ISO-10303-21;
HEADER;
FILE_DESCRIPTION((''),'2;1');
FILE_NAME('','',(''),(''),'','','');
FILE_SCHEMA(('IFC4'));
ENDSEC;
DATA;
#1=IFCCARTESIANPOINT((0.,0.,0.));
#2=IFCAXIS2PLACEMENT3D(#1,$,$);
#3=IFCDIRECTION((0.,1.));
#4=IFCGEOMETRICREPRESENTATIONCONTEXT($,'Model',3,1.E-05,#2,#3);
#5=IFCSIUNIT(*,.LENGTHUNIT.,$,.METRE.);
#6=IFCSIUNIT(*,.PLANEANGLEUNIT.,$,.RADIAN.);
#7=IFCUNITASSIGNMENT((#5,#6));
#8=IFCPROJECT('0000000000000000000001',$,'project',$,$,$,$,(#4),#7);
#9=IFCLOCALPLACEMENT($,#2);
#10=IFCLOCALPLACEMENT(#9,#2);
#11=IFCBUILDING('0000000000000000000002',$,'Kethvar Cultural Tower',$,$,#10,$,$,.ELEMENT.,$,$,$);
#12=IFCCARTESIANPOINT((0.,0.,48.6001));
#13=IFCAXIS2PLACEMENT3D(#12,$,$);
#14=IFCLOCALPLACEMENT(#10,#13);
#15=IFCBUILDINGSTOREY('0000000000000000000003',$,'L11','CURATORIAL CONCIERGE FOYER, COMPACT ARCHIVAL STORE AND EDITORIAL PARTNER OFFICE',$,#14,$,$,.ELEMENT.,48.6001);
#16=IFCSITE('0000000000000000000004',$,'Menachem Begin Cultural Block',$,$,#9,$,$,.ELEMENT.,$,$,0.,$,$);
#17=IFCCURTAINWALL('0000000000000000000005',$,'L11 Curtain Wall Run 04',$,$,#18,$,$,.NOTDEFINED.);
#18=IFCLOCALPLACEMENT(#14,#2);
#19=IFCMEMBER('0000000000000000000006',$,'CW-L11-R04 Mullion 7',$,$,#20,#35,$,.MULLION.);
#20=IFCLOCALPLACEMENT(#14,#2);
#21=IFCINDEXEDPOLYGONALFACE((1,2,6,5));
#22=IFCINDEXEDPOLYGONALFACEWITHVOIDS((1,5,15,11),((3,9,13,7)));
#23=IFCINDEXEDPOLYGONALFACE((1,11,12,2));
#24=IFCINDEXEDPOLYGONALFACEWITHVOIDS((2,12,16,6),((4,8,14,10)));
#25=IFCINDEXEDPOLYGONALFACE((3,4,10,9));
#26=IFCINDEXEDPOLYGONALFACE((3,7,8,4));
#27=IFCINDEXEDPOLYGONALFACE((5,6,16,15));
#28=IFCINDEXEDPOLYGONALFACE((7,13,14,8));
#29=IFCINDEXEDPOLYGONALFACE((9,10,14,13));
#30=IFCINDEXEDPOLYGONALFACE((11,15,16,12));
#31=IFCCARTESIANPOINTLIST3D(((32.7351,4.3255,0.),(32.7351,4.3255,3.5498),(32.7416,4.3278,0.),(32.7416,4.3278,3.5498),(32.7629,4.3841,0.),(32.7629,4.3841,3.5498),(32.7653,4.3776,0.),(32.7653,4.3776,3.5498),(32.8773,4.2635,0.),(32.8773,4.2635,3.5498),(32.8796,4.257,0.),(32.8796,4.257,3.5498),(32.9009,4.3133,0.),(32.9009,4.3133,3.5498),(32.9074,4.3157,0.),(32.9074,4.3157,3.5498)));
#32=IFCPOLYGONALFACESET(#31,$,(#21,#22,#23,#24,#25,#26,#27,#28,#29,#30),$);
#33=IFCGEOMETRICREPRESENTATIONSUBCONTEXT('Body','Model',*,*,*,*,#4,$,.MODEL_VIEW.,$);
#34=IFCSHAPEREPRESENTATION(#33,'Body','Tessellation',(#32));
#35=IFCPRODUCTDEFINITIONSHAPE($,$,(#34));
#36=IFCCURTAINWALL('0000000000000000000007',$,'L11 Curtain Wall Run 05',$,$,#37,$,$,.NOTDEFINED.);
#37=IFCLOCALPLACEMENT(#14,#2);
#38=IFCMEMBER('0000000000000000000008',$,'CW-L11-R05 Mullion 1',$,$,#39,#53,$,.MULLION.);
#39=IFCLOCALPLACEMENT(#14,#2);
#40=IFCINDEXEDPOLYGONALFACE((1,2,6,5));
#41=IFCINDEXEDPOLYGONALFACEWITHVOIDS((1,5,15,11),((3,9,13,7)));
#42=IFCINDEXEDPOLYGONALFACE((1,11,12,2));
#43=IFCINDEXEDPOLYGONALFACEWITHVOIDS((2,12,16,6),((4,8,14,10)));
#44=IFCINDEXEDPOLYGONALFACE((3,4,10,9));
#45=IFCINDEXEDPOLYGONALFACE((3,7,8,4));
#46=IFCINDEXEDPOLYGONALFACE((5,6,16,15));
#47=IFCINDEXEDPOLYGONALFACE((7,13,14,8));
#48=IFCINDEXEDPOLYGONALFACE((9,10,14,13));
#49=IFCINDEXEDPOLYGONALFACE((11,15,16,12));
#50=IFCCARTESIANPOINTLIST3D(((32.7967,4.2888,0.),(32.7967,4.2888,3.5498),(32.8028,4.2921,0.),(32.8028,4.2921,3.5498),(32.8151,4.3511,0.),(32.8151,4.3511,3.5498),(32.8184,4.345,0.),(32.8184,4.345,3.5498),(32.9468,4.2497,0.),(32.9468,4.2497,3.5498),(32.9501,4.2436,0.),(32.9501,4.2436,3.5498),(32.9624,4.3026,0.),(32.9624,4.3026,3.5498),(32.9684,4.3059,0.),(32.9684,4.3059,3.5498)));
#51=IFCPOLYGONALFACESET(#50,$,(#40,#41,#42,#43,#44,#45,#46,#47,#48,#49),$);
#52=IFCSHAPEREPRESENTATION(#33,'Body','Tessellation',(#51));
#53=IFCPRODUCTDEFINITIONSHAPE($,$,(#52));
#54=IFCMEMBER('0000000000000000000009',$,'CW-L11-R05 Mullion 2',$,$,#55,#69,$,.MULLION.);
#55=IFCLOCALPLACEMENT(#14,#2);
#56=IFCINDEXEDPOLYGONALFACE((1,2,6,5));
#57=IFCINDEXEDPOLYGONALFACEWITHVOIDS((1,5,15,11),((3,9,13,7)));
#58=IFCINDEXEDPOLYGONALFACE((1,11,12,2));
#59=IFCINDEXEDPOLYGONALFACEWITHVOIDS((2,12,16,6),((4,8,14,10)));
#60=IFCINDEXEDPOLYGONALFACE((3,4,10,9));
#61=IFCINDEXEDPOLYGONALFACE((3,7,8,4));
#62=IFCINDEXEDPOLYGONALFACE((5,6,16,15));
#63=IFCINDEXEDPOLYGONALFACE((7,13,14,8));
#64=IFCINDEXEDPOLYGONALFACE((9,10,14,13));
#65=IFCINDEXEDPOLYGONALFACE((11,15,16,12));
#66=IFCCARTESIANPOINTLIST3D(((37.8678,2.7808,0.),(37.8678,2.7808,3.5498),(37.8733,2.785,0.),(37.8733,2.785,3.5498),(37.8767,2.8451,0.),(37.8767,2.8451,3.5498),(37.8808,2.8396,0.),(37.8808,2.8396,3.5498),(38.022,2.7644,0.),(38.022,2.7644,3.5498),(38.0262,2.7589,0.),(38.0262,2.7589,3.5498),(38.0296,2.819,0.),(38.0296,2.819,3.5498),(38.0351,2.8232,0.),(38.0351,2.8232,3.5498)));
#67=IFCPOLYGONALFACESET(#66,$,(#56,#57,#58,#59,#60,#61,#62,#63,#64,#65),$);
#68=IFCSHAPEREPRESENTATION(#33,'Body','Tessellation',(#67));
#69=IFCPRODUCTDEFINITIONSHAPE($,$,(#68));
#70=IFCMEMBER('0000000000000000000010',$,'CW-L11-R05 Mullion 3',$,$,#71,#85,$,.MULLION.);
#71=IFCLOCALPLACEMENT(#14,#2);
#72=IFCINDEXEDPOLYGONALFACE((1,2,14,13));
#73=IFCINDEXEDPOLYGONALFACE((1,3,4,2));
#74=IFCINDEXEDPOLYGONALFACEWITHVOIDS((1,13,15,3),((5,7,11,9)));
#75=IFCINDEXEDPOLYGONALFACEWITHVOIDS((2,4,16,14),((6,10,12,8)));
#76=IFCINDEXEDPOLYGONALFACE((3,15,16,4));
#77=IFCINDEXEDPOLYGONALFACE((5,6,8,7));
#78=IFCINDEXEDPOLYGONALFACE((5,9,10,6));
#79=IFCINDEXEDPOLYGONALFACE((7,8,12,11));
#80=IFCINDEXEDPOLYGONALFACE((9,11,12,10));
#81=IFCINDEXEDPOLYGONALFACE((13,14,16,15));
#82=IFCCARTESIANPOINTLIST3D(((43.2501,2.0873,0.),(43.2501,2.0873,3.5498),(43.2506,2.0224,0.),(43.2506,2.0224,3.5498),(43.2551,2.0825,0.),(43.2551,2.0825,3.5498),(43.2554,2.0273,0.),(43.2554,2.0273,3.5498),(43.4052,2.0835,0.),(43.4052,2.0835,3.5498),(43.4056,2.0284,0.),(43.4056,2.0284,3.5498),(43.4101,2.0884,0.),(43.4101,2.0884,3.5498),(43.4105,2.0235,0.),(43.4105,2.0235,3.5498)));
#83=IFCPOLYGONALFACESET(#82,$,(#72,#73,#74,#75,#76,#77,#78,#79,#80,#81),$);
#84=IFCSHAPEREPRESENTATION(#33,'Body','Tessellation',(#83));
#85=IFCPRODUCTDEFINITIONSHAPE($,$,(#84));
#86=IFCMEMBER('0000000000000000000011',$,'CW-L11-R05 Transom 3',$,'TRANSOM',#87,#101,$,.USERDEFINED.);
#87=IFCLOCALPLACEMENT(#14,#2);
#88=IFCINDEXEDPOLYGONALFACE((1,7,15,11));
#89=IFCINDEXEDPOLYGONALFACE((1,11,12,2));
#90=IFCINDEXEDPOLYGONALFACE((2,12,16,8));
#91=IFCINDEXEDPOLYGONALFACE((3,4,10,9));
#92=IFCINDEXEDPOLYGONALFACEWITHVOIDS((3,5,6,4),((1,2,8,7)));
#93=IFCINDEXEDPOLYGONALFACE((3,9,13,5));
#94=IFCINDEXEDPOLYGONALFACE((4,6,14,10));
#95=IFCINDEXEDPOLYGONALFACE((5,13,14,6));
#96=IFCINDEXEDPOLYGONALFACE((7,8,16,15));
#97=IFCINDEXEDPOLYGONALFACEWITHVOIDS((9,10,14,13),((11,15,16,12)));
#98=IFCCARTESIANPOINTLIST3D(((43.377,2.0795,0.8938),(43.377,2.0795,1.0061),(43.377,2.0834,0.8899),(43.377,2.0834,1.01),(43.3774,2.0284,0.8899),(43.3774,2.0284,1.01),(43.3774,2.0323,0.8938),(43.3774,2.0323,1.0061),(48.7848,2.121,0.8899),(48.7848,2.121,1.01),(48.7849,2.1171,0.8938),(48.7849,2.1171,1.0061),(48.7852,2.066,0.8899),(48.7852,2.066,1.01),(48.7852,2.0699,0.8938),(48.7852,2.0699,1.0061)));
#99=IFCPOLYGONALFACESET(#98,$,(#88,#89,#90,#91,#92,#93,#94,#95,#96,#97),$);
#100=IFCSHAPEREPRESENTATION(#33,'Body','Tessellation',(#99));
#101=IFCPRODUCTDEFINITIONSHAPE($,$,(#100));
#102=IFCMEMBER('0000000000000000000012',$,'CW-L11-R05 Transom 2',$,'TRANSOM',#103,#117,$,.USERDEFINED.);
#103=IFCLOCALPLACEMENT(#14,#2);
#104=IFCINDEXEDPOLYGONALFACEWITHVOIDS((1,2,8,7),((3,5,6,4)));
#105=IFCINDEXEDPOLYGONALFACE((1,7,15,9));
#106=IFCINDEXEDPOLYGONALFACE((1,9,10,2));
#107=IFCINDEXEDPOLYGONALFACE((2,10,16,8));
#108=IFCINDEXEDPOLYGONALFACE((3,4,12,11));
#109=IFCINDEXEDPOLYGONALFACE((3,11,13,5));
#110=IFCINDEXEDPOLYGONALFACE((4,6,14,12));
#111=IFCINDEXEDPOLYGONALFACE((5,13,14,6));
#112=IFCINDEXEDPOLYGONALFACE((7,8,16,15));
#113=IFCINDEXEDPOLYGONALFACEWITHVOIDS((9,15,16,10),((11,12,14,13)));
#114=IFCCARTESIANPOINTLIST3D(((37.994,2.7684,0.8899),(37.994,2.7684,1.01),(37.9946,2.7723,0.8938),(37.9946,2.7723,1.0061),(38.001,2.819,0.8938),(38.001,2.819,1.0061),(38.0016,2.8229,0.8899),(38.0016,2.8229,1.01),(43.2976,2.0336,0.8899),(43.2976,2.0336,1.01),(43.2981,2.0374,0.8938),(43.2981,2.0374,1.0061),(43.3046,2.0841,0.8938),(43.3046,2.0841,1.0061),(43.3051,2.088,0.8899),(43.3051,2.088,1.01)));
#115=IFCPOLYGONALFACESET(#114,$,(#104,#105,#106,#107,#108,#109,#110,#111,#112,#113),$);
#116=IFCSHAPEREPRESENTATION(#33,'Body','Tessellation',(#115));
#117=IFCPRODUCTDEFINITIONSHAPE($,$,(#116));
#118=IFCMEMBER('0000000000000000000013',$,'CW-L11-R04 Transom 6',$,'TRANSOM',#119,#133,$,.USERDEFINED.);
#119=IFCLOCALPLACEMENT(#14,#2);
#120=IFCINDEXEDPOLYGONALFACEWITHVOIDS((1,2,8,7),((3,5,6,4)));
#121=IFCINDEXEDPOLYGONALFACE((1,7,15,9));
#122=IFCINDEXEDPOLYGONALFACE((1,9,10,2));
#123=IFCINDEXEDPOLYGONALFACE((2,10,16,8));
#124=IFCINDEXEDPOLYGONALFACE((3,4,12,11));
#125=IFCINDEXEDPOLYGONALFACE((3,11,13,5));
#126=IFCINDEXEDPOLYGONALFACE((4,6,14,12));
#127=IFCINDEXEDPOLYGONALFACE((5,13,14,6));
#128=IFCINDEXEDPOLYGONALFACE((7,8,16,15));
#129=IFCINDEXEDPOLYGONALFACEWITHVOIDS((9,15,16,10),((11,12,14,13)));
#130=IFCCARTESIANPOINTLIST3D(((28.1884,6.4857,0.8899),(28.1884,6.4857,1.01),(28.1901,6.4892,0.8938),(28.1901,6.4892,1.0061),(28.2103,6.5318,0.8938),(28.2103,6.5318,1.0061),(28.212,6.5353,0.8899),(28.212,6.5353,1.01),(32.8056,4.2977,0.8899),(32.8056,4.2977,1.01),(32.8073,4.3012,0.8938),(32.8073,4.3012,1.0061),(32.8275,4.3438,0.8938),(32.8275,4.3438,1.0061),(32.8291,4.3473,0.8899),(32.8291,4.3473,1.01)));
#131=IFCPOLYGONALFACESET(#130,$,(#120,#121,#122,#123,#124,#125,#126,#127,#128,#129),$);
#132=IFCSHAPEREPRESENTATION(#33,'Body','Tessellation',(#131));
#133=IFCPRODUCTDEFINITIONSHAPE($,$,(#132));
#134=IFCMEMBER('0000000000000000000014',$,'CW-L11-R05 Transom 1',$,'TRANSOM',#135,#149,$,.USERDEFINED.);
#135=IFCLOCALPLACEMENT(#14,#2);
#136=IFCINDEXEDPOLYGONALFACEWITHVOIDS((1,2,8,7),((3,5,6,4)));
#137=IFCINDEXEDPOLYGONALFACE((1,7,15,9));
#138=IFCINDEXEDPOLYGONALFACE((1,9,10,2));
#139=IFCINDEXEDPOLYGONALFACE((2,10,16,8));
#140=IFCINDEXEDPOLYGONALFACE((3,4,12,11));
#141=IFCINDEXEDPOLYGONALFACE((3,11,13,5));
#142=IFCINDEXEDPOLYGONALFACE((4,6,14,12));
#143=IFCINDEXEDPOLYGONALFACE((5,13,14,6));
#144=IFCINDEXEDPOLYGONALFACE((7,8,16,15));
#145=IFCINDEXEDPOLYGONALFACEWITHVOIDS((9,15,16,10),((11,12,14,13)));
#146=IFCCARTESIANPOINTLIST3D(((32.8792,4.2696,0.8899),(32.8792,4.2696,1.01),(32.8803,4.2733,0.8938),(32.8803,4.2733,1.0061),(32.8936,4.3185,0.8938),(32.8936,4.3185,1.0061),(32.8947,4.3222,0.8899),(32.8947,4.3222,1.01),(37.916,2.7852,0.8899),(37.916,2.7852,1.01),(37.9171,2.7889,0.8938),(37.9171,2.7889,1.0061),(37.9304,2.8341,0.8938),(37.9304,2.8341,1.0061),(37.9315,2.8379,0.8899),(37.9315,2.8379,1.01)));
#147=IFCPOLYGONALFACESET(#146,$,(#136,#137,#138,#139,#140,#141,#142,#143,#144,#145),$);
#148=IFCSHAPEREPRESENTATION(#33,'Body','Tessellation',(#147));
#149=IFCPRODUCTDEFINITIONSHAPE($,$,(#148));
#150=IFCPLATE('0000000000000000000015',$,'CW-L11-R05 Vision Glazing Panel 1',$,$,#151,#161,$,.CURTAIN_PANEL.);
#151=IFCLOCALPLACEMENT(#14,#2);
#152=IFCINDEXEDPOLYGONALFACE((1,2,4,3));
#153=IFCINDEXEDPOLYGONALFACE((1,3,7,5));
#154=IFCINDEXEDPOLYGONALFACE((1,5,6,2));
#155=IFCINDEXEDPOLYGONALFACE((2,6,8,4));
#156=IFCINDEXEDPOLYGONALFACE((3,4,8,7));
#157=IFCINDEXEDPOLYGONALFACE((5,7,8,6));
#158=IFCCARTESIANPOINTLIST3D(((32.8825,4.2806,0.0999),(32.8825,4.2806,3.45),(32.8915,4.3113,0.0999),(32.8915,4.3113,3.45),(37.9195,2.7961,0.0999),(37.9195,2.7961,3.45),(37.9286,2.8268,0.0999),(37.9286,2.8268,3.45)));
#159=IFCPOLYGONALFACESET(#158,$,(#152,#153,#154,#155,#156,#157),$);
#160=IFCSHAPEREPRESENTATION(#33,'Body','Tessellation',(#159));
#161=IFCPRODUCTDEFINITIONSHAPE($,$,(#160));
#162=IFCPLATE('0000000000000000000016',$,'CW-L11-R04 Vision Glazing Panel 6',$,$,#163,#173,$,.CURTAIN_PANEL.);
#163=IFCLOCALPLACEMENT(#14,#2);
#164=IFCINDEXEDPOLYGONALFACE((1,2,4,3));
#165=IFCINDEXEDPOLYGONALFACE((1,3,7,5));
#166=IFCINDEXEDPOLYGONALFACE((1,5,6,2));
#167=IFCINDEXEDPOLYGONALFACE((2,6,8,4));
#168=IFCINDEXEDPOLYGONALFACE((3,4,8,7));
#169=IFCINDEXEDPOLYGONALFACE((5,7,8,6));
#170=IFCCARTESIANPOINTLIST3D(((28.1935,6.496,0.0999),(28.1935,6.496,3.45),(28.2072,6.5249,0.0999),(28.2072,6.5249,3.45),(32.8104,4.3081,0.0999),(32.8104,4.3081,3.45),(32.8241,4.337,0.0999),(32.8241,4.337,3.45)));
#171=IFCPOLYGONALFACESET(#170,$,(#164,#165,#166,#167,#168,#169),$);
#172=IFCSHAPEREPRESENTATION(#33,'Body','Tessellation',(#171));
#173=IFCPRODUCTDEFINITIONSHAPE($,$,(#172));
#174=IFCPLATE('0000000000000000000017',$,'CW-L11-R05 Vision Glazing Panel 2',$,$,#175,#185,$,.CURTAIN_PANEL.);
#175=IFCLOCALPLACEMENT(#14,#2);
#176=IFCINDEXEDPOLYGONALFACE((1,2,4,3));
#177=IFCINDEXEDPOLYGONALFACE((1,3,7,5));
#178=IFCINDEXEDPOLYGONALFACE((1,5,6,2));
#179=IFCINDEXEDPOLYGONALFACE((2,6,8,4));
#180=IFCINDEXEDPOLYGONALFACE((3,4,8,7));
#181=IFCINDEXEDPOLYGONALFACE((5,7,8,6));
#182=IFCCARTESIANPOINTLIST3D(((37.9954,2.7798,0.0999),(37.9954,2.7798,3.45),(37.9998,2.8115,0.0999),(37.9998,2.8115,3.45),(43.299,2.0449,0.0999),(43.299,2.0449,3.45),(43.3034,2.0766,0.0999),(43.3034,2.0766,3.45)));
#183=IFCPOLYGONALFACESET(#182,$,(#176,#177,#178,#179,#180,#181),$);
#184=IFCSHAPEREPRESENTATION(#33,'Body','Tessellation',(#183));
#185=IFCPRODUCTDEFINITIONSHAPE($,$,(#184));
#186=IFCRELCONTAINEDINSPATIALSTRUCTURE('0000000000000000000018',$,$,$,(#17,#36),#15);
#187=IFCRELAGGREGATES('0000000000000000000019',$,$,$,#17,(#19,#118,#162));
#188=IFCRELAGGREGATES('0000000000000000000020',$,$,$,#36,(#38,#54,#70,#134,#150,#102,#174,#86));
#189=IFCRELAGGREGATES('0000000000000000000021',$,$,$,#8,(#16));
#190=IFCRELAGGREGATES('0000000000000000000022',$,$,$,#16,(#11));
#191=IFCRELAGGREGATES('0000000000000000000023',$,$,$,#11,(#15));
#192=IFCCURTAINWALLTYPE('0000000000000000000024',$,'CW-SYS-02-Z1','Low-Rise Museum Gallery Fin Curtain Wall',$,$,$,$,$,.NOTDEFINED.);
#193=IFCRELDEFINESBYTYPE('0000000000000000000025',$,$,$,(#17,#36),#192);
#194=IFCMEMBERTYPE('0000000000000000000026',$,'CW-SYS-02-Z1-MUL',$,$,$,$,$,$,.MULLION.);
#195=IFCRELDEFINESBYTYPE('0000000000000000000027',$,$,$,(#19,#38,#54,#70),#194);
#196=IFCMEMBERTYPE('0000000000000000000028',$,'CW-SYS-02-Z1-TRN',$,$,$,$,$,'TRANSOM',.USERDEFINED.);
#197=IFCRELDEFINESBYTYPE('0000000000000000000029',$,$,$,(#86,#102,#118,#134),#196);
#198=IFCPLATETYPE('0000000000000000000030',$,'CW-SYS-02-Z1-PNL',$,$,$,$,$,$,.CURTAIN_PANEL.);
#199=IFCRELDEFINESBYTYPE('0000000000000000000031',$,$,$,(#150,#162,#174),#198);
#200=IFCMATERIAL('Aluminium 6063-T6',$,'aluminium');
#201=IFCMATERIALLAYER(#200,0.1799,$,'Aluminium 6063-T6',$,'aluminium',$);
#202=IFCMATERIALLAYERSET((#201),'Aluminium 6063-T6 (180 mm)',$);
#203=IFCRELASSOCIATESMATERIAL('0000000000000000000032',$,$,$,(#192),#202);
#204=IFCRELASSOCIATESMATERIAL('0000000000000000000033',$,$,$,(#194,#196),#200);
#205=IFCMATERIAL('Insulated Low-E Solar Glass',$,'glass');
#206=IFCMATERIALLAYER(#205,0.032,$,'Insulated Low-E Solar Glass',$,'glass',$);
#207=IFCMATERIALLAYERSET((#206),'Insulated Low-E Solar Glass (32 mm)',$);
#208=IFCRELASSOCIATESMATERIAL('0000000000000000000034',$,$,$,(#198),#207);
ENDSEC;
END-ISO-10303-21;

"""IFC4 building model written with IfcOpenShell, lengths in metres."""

from ifc_helpers import new_model, si_unit, direction, frame, origin, origin_2d, place, context, subcontext, project, spatial, rectangle, hollow_rectangle, extrude, source, transform, mapped, material, layer, layer_set, material_profile, profile_set, type_object, element, aggregate, save


model = new_model("IFC4")

# Units and contexts
model_context = context("Model", 3, precision=1e-05, world=origin(), true_north=direction((0.0, 1.0)))
body_context = subcontext(model_context, "Body", "Model", "MODEL_VIEW")
ifc_project = project(units=[si_unit("LENGTHUNIT", "METRE"), si_unit("PLANEANGLEUNIT", "RADIAN")], contexts=[model_context])

# Site, building, storey
site_placement = place(None, origin())
site = spatial("IfcSite", under=ifc_project, at=site_placement, Name="Menachem Begin Cultural Block", CompositionType="ELEMENT", RefElevation=0.0)
building_placement = place(site_placement, origin())
building = spatial("IfcBuilding", under=site, at=building_placement, Name="Kethvar Cultural Tower", CompositionType="ELEMENT")
storey_placement = place(building_placement, frame((0.0, 0.0, 48.6001)))
storey = spatial("IfcBuildingStorey", under=building, at=storey_placement, Name="L11", Description="CURATORIAL CONCIERGE FOYER, COMPACT ARCHIVAL STORE AND EDITORIAL PARTNER OFFICE", CompositionType="ELEMENT", Elevation=48.6001)

# Curtain wall, member
ifc_material_1 = material(Name="Aluminium 6063-T6", Category="aluminium")
ifc_layer_1 = layer(ifc_material_1, 0.1799, Name="Aluminium 6063-T6", Category="aluminium")
ifc_layer_set_1 = layer_set([ifc_layer_1], Name="Aluminium 6063-T6 (180 mm)")
curtain_wall_type = type_object("IfcCurtainWallType", Name="CW-SYS-02-Z1", Description="Low-Rise Museum Gallery Fin Curtain Wall", PredefinedType="NOTDEFINED", material=ifc_layer_set_1)
curtain_wall_1_placement = place(storey_placement, origin())
curtain_wall_1 = element("IfcCurtainWall", 1, at=curtain_wall_1_placement, inside=storey, type_object=curtain_wall_type, Name="L11 Curtain Wall Run 04", PredefinedType="NOTDEFINED")
ifc_material_profile_1 = material_profile(ifc_material_1, hollow_rectangle(XDim=0.0649, YDim=0.1599, WallThickness=0.0049, at=origin_2d()), Name="Aluminium 6063-T6 — RHS160x65x5")
ifc_profile_set_1 = profile_set([ifc_material_profile_1], Name="Aluminium 6063-T6 — RHS160x65x5")
member_type_1 = type_object("IfcMemberType", Name="CW-SYS-02-Z1-MUL", PredefinedType="MULLION", material=ifc_profile_set_1)
shared_shape_1 = source(origin(), body_context, "Body", "SweptSolid", [
    extrude(hollow_rectangle(XDim=0.0649, YDim=0.1599, WallThickness=0.0049, at=origin_2d()), origin(), (0.0, 0.0, 1.0), 3.5498),
])
member_1_placement = place(storey_placement, frame((32.8213, 4.3206, 0.0), z_axis=(0.0, 0.0, 1.0), x_axis=(0.428241, 0.903664, 0.0)))
member_1 = element("IfcMember", 2, at=member_1_placement, type_object=member_type_1, Name="CW-L11-R04 Mullion 7", PredefinedType="MULLION", context=body_context, shape_type="MappedRepresentation", body=[
    mapped(shared_shape_1, transform((0.0, 0.0, 0.0), scale=1.0)),
])

# Curtain wall, members
curtain_wall_2_placement = place(storey_placement, origin())
curtain_wall_2 = element("IfcCurtainWall", 3, at=curtain_wall_2_placement, inside=storey, type_object=curtain_wall_type, Name="L11 Curtain Wall Run 05", PredefinedType="NOTDEFINED")
member_2_placement = place(storey_placement, frame((32.8826, 4.2974, 0.0), z_axis=(0.0, 0.0, 1.0), x_axis=(0.282693, 0.95921, 0.0)))
member_2 = element("IfcMember", 4, at=member_2_placement, type_object=member_type_1, Name="CW-L11-R05 Mullion 1", PredefinedType="MULLION", context=body_context, shape_type="MappedRepresentation", body=[
    mapped(shared_shape_1, transform((0.0, 0.0, 0.0), scale=1.0)),
])
member_3_placement = place(storey_placement, frame((37.9514, 2.802, 0.0), z_axis=(0.0, 0.0, 1.0), x_axis=(0.137254, 0.990536, 0.0)))
member_3 = element("IfcMember", 5, at=member_3_placement, type_object=member_type_1, Name="CW-L11-R05 Mullion 2", PredefinedType="MULLION", context=body_context, shape_type="MappedRepresentation", body=[
    mapped(shared_shape_1, transform((0.0, 0.0, 0.0), scale=1.0)),
])
member_4_placement = place(storey_placement, frame((43.3303, 2.0554, 0.0), z_axis=(0.0, 0.0, 1.0), x_axis=(-0.006946, 0.999976, 0.0)))
member_4 = element("IfcMember", 6, at=member_4_placement, type_object=member_type_1, Name="CW-L11-R05 Mullion 3", PredefinedType="MULLION", context=body_context, shape_type="MappedRepresentation", body=[
    mapped(shared_shape_1, transform((0.0, 0.0, 0.0), scale=1.0)),
])
ifc_material_profile_2 = material_profile(ifc_material_1, hollow_rectangle(XDim=0.0549, YDim=0.1201, WallThickness=0.0039, at=origin_2d()), Name="Aluminium 6063-T6 — RHS120x55x4")
ifc_profile_set_2 = profile_set([ifc_material_profile_2], Name="Aluminium 6063-T6 — RHS120x55x4")
member_type_2 = type_object("IfcMemberType", Name="CW-SYS-02-Z1-TRN", ElementType="TRANSOM", PredefinedType="USERDEFINED", material=ifc_profile_set_2)
shared_shape_2 = source(origin(), body_context, "Body", "SweptSolid", [
    extrude(hollow_rectangle(XDim=0.0549, YDim=0.1201, WallThickness=0.0039, at=origin_2d()), origin(), (0.0, 0.0, 1.0), 5.408),
])
member_5_placement = place(storey_placement, frame((43.3772, 2.0559, 0.95), z_axis=(0.999976, 0.006952, 0.0), x_axis=(-0.006952, 0.999976, 0.0)))
member_5 = element("IfcMember", 7, at=member_5_placement, type_object=member_type_2, Name="CW-L11-R05 Transom 3", ObjectType="TRANSOM", PredefinedType="USERDEFINED", context=body_context, shape_type="MappedRepresentation", body=[
    mapped(shared_shape_2, transform((0.0, 0.0, 0.0), scale=1.0)),
])
shared_shape_3 = source(origin(), body_context, "Body", "SweptSolid", [
    extrude(hollow_rectangle(XDim=0.0549, YDim=0.1201, WallThickness=0.0039, at=origin_2d()), origin(), (0.0, 0.0, 1.0), 5.3542),
])
member_6_placement = place(storey_placement, frame((37.9978, 2.7957, 0.95), z_axis=(0.990536, -0.137251, 0.0), x_axis=(0.137251, 0.990536, 0.0)))
member_6 = element("IfcMember", 8, at=member_6_placement, type_object=member_type_2, Name="CW-L11-R05 Transom 2", ObjectType="TRANSOM", PredefinedType="USERDEFINED", context=body_context, shape_type="MappedRepresentation", body=[
    mapped(shared_shape_3, transform((0.0, 0.0, 0.0), scale=1.0)),
])

# Members
shared_shape_4 = source(origin(), body_context, "Body", "SweptSolid", [
    extrude(hollow_rectangle(XDim=0.0549, YDim=0.1201, WallThickness=0.0039, at=origin_2d()), origin(), (0.0, 0.0, 1.0), 5.1094),
])
member_7_placement = place(storey_placement, frame((28.2002, 6.5105, 0.95), z_axis=(0.90367, -0.42823, 0.0), x_axis=(0.42823, 0.90367, 0.0)))
member_7 = element("IfcMember", 9, at=member_7_placement, type_object=member_type_2, Name="CW-L11-R04 Transom 6", ObjectType="TRANSOM", PredefinedType="USERDEFINED", context=body_context, shape_type="MappedRepresentation", body=[
    mapped(shared_shape_4, transform((0.0, 0.0, 0.0), scale=1.0)),
])
shared_shape_5 = source(origin(), body_context, "Body", "SweptSolid", [
    extrude(hollow_rectangle(XDim=0.0549, YDim=0.1201, WallThickness=0.0039, at=origin_2d()), origin(), (0.0, 0.0, 1.0), 5.251),
])
member_8_placement = place(storey_placement, frame((32.887, 4.2959, 0.95), z_axis=(0.959214, -0.282682, 0.0), x_axis=(0.282682, 0.959214, 0.0)))
member_8 = element("IfcMember", 10, at=member_8_placement, type_object=member_type_2, Name="CW-L11-R05 Transom 1", ObjectType="TRANSOM", PredefinedType="USERDEFINED", context=body_context, shape_type="MappedRepresentation", body=[
    mapped(shared_shape_5, transform((0.0, 0.0, 0.0), scale=1.0)),
])

# Plates
ifc_material_2 = material(Name="Insulated Low-E Solar Glass", Category="glass")
ifc_layer_2 = layer(ifc_material_2, 0.032, Name="Insulated Low-E Solar Glass", Category="glass")
ifc_layer_set_2 = layer_set([ifc_layer_2], Name="Insulated Low-E Solar Glass (32 mm)")
plate_type = type_object("IfcPlateType", Name="CW-SYS-02-Z1-PNL", PredefinedType="CURTAIN_PANEL", material=ifc_layer_set_2)
shared_shape_6 = source(origin(), body_context, "Body", "SweptSolid", [
    extrude(rectangle(XDim=5.2512, YDim=0.032, at=origin_2d()), origin(), (0.0, 0.0, 1.0), 3.3501),
])
plate_1_placement = place(storey_placement, frame((35.4055, 3.5537, 0.0999), z_axis=(0.0, 0.0, 1.0), x_axis=(0.95921, -0.282693, 0.0)))
plate_1 = element("IfcPlate", 11, at=plate_1_placement, type_object=plate_type, Name="CW-L11-R05 Vision Glazing Panel 1", PredefinedType="CURTAIN_PANEL", context=body_context, shape_type="MappedRepresentation", body=[
    mapped(shared_shape_6, transform((0.0, 0.0, 0.0), scale=1.0)),
])
shared_shape_7 = source(origin(), body_context, "Body", "SweptSolid", [
    extrude(rectangle(XDim=5.1091, YDim=0.032, at=origin_2d()), origin(), (0.0, 0.0, 1.0), 3.3501),
])
plate_2_placement = place(storey_placement, frame((30.5088, 5.4165, 0.0999), z_axis=(0.0, 0.0, 1.0), x_axis=(0.903664, -0.428241, 0.0)))
plate_2 = element("IfcPlate", 12, at=plate_2_placement, type_object=plate_type, Name="CW-L11-R04 Vision Glazing Panel 6", PredefinedType="CURTAIN_PANEL", context=body_context, shape_type="MappedRepresentation", body=[
    mapped(shared_shape_7, transform((0.0, 0.0, 0.0), scale=1.0)),
])
aggregate(curtain_wall_1, [member_1, member_7, plate_2])
shared_shape_8 = source(origin(), body_context, "Body", "SweptSolid", [
    extrude(rectangle(XDim=5.3542, YDim=0.032, at=origin_2d()), origin(), (0.0, 0.0, 1.0), 3.3501),
])
plate_3_placement = place(storey_placement, frame((40.6494, 2.4282, 0.0999), z_axis=(0.0, 0.0, 1.0), x_axis=(0.990536, -0.137254, 0.0)))
plate_3 = element("IfcPlate", 13, at=plate_3_placement, type_object=plate_type, Name="CW-L11-R05 Vision Glazing Panel 2", PredefinedType="CURTAIN_PANEL", context=body_context, shape_type="MappedRepresentation", body=[
    mapped(shared_shape_8, transform((0.0, 0.0, 0.0), scale=1.0)),
])
aggregate(curtain_wall_2, [member_2, member_3, member_4, member_8, plate_1, member_6, plate_3, member_5])

save(model, "model.ifc")
